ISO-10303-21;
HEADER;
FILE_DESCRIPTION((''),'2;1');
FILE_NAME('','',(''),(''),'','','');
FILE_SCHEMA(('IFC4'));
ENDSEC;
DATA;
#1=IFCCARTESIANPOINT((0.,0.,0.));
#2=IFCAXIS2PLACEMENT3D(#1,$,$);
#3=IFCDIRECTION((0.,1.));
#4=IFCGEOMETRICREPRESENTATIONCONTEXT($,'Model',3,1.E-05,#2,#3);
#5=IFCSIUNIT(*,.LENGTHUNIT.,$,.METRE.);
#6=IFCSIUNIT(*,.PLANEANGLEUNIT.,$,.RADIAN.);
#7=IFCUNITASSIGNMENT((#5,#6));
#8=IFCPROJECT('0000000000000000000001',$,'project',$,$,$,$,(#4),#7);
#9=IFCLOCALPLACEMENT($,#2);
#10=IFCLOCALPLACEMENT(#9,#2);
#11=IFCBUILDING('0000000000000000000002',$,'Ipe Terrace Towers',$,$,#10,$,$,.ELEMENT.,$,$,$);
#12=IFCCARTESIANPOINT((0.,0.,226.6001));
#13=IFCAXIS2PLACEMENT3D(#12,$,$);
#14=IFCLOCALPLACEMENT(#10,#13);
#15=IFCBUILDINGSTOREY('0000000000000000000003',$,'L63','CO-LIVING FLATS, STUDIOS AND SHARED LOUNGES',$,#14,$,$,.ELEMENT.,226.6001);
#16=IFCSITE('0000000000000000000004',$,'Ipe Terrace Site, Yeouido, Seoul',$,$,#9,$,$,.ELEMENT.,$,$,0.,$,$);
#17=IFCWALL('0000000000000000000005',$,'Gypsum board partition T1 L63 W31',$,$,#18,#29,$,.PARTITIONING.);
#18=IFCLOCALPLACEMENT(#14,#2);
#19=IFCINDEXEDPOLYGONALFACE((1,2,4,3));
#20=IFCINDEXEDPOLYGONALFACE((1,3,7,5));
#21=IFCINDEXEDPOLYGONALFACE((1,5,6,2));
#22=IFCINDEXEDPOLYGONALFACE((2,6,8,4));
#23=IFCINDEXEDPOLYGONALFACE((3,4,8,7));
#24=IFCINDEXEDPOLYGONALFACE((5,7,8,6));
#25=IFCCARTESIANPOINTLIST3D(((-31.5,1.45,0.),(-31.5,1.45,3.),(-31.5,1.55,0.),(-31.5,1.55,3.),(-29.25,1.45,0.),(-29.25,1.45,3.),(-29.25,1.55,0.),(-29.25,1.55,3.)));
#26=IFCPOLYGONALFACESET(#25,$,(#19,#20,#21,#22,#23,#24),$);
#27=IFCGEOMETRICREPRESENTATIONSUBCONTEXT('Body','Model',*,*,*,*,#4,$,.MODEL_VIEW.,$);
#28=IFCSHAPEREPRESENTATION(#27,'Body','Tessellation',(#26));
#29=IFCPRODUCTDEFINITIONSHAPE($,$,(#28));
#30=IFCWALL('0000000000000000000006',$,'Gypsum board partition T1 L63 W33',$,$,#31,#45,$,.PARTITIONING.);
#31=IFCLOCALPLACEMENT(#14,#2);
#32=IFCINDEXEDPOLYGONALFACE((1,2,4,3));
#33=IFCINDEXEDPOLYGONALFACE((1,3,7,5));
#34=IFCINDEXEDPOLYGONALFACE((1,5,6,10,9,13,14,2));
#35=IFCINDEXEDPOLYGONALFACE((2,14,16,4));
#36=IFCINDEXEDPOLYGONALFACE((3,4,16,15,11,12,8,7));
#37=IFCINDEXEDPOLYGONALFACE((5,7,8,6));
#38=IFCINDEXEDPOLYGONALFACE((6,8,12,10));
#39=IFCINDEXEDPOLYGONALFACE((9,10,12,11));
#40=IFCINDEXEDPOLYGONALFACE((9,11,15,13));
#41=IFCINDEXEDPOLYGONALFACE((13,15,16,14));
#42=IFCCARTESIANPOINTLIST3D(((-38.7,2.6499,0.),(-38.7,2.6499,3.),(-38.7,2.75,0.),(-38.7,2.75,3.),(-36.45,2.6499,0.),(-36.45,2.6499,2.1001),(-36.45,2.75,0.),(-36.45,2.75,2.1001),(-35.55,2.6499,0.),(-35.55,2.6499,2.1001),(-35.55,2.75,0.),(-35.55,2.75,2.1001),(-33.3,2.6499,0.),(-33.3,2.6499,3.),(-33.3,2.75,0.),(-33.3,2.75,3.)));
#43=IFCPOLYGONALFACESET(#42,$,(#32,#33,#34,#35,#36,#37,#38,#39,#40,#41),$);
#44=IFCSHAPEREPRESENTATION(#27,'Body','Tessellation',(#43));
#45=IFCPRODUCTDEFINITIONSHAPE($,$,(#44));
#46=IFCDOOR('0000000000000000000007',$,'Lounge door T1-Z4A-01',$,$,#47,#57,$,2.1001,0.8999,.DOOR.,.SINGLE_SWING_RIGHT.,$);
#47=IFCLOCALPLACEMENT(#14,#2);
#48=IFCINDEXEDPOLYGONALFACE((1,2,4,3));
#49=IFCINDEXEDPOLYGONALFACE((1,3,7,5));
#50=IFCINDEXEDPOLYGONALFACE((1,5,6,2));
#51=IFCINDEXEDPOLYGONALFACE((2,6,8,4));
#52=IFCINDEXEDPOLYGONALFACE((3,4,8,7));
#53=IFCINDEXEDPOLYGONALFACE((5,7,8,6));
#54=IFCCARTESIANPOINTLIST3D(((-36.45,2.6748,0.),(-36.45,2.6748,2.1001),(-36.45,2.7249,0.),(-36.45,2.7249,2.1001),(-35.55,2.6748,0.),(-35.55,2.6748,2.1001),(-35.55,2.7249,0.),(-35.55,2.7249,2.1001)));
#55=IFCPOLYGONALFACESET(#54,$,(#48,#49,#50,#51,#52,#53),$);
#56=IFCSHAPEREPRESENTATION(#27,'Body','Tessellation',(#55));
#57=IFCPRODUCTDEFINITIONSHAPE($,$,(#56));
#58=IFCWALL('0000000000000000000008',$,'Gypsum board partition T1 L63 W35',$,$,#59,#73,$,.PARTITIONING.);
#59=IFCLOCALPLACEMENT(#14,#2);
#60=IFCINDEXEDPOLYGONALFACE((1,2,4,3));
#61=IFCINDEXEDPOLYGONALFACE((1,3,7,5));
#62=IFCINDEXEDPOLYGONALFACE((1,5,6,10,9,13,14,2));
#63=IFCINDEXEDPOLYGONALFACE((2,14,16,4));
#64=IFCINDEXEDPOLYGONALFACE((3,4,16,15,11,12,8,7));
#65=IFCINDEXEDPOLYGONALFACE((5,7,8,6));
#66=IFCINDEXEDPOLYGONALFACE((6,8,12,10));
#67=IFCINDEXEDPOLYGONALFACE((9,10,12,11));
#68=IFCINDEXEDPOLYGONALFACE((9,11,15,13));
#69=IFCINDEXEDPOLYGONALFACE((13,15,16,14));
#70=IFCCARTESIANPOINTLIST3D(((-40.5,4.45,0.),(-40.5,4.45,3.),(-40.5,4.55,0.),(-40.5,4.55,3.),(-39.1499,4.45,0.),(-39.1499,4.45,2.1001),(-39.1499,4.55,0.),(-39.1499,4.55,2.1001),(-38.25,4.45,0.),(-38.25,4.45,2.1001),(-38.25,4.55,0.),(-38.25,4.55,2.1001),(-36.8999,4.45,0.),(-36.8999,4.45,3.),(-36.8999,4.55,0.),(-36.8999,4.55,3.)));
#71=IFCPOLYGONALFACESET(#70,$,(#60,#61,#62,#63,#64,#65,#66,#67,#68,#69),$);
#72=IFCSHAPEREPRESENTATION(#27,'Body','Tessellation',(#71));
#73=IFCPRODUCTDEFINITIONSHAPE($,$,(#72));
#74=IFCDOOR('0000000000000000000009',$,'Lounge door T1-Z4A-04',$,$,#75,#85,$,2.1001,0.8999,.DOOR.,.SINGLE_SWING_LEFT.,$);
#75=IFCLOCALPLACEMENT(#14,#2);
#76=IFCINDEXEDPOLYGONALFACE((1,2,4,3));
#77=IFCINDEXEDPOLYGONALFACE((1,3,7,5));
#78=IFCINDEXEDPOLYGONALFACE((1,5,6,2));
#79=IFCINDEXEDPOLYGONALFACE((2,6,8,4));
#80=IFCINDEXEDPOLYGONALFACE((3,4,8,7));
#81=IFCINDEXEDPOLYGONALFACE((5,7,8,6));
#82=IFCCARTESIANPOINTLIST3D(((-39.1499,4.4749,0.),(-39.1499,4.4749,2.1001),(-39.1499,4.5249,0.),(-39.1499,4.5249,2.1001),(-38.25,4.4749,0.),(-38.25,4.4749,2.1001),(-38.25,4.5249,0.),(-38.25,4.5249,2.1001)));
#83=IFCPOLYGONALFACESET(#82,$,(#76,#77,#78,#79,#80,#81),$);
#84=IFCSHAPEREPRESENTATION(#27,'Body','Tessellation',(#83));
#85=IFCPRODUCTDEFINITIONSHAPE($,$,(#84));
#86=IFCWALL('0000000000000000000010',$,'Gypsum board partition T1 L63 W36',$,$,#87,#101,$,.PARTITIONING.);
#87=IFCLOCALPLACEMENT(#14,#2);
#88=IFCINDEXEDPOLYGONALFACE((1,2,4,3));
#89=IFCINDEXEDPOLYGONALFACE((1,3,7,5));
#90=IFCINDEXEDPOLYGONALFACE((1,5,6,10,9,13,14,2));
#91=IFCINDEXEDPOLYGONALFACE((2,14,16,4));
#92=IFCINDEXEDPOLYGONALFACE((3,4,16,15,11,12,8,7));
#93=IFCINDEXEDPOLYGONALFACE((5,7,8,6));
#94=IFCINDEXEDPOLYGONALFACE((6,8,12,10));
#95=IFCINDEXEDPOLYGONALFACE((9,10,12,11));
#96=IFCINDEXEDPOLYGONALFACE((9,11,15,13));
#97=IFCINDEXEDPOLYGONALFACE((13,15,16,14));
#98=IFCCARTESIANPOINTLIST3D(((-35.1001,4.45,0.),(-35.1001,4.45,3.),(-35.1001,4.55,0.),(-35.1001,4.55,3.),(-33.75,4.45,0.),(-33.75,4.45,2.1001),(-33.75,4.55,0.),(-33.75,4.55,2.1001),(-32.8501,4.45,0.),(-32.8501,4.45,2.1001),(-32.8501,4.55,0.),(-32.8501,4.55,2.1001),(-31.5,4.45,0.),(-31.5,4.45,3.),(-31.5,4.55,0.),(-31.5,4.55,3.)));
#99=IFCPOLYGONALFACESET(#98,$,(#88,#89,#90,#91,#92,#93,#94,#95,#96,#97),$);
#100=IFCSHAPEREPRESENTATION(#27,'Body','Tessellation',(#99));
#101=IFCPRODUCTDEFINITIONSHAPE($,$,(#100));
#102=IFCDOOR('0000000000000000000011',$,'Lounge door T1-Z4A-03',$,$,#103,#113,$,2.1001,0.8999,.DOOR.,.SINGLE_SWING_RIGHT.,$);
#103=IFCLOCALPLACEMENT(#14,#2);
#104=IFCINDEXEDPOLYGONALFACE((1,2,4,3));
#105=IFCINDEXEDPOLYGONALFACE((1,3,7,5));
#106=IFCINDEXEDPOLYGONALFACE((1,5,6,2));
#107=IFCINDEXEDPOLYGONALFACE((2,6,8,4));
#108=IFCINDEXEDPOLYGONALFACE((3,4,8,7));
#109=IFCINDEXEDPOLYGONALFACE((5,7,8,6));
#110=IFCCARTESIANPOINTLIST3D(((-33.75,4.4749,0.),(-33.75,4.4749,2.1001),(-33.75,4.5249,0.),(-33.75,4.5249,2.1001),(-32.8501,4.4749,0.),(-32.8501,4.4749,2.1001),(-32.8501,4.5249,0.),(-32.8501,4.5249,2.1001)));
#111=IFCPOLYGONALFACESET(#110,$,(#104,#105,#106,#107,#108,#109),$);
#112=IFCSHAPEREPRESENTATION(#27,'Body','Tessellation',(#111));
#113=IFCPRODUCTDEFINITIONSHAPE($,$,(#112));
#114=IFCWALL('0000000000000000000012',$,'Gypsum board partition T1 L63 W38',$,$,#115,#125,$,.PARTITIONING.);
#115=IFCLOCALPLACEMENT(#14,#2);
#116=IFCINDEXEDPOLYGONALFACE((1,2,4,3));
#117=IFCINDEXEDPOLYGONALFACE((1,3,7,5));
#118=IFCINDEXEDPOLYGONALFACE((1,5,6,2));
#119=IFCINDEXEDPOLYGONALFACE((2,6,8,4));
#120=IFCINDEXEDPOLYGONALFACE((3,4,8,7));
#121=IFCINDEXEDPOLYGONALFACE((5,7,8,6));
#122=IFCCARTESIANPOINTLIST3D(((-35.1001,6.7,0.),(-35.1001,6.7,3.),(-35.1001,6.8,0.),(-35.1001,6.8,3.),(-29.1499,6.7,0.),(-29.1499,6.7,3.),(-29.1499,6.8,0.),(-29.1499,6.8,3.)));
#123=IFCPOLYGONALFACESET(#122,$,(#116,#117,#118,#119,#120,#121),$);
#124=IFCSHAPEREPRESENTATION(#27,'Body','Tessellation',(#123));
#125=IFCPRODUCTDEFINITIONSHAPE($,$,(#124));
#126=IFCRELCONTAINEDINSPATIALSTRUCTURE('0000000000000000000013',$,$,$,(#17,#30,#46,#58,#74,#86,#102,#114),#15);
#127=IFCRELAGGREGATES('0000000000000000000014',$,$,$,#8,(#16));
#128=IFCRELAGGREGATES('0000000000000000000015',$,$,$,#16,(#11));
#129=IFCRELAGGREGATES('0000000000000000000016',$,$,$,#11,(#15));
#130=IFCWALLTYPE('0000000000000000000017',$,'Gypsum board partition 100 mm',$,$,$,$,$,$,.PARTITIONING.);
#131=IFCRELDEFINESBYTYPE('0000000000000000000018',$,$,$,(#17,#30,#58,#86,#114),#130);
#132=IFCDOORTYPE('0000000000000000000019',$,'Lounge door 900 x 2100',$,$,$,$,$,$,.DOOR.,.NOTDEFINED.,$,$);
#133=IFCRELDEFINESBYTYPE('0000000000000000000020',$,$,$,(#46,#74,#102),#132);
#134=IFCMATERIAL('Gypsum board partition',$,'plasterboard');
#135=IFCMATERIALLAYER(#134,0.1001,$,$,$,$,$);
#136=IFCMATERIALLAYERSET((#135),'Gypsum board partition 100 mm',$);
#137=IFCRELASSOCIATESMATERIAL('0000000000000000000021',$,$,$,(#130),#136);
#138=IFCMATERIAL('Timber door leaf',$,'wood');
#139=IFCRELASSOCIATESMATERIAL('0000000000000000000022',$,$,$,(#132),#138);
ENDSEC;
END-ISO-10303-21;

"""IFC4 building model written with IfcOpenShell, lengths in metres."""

from ifc_helpers import new_model, si_unit, direction, frame, frame_2d, origin, place, context, subcontext, project, spatial, rectangle, extrude, material, layer, layer_set, type_object, element, fill, save


model = new_model("IFC4")

# Units and contexts
model_context = context("Model", 3, precision=1e-05, world=origin(), true_north=direction((0.0, 1.0)))
body_context = subcontext(model_context, "Body", "Model", "MODEL_VIEW")
ifc_project = project(units=[si_unit("LENGTHUNIT", "METRE"), si_unit("PLANEANGLEUNIT", "RADIAN")], contexts=[model_context])

# Site, building, storey
site_placement = place(None, origin())
site = spatial("IfcSite", under=ifc_project, at=site_placement, Name="Ipe Terrace Site, Yeouido, Seoul", CompositionType="ELEMENT", RefElevation=0.0)
building_placement = place(site_placement, origin())
building = spatial("IfcBuilding", under=site, at=building_placement, Name="Ipe Terrace Towers", CompositionType="ELEMENT")
storey_placement = place(building_placement, frame((0.0, 0.0, 226.6001)))
storey = spatial("IfcBuildingStorey", under=building, at=storey_placement, Name="L63", Description="CO-LIVING FLATS, STUDIOS AND SHARED LOUNGES", CompositionType="ELEMENT", Elevation=226.6001)

# Shared definitions
ifc_material_1 = material(Name="Gypsum board partition", Category="plasterboard")
ifc_layer_1 = layer(ifc_material_1, 0.1001)
ifc_layer_set_1 = layer_set([ifc_layer_1], Name="Gypsum board partition 100 mm")
wall_type_1 = type_object("IfcWallType", Name="Gypsum board partition 100 mm", PredefinedType="PARTITIONING", material=ifc_layer_set_1)

# Shared definitions
ifc_material_2 = material(Name="Timber door leaf", Category="wood")
door_type_1 = type_object("IfcDoorType", Name="Lounge door 900 x 2100", OperationType="NOTDEFINED", PredefinedType="DOOR", material=ifc_material_2)

# Wall
wall_1_placement = place(storey_placement, frame((-31.5, 1.5, 0.0), z_axis=(0.0, 0.0, 1.0), x_axis=(1.0, 0.0, 0.0)))
element("IfcWall", 1, at=wall_1_placement, inside=storey, type_object=wall_type_1, Name="Gypsum board partition T1 L63 W31", PredefinedType="PARTITIONING", context=body_context, shape_type="SweptSolid", body=[
    extrude(rectangle(XDim=2.25, YDim=0.1001, at=frame_2d((1.125, 0.0))), origin(), (0.0, 0.0, 1.0), 3.0),
])

# Walls, openings, doors
wall_2_placement = place(storey_placement, frame((-38.7, 2.7, 0.0), z_axis=(0.0, 0.0, 1.0), x_axis=(1.0, 0.0, 0.0)))
wall_2 = element("IfcWall", 2, at=wall_2_placement, inside=storey, type_object=wall_type_1, Name="Gypsum board partition T1 L63 W33", PredefinedType="PARTITIONING", context=body_context, shape_type="SweptSolid", body=[
    extrude(rectangle(XDim=5.3999, YDim=0.1001, at=frame_2d((2.7, 0.0))), origin(), (0.0, 0.0, 1.0), 3.0),
])
opening_1_placement = place(wall_2_placement, frame((2.25, 0.0, 0.0)))
opening_1 = element("IfcOpeningElement", 3, at=opening_1_placement, cuts=wall_2, PredefinedType="OPENING", context=body_context, shape_type="SweptSolid", body=[
    extrude(rectangle(XDim=0.8999, YDim=2.1001, at=frame_2d((0.45, 1.05))), frame((0.0, 0.0601, 0.0), z_axis=(0.0, -1.0, 0.0), x_axis=(1.0, 0.0, 0.0)), (0.0, 0.0, 1.0), 0.1201),
])
door_1_placement = place(opening_1_placement, origin())
door_1 = element("IfcDoor", 4, at=door_1_placement, inside=storey, type_object=door_type_1, Name="Lounge door T1-Z4A-01", OperationType="SINGLE_SWING_RIGHT", OverallHeight=2.1001, OverallWidth=0.8999, PredefinedType="DOOR", context=body_context, shape_type="SweptSolid", body=[
    extrude(rectangle(XDim=0.8999, YDim=2.1001, at=frame_2d((0.45, 1.05))), frame((0.0, 0.0249, 0.0), z_axis=(0.0, -1.0, 0.0), x_axis=(1.0, 0.0, 0.0)), (0.0, 0.0, 1.0), 0.05),
])
fill(opening_1, door_1)
wall_3_placement = place(storey_placement, frame((-40.5, 4.5, 0.0), z_axis=(0.0, 0.0, 1.0), x_axis=(1.0, 0.0, 0.0)))
wall_3 = element("IfcWall", 5, at=wall_3_placement, inside=storey, type_object=wall_type_1, Name="Gypsum board partition T1 L63 W35", PredefinedType="PARTITIONING", context=body_context, shape_type="SweptSolid", body=[
    extrude(rectangle(XDim=3.6001, YDim=0.1001, at=frame_2d((1.8, 0.0))), origin(), (0.0, 0.0, 1.0), 3.0),
])
opening_2_placement = place(wall_3_placement, frame((1.3501, 0.0, 0.0)))
opening_2 = element("IfcOpeningElement", 6, at=opening_2_placement, cuts=wall_3, PredefinedType="OPENING", context=body_context, shape_type="SweptSolid", body=[
    extrude(rectangle(XDim=0.8999, YDim=2.1001, at=frame_2d((0.45, 1.05))), frame((0.0, 0.0601, 0.0), z_axis=(0.0, -1.0, 0.0), x_axis=(1.0, 0.0, 0.0)), (0.0, 0.0, 1.0), 0.1201),
])
door_2_placement = place(opening_2_placement, origin())
door_2 = element("IfcDoor", 7, at=door_2_placement, inside=storey, type_object=door_type_1, Name="Lounge door T1-Z4A-04", OperationType="SINGLE_SWING_LEFT", OverallHeight=2.1001, OverallWidth=0.8999, PredefinedType="DOOR", context=body_context, shape_type="SweptSolid", body=[
    extrude(rectangle(XDim=0.8999, YDim=2.1001, at=frame_2d((0.45, 1.05))), frame((0.0, 0.0249, 0.0), z_axis=(0.0, -1.0, 0.0), x_axis=(1.0, 0.0, 0.0)), (0.0, 0.0, 1.0), 0.05),
])
fill(opening_2, door_2)
wall_4_placement = place(storey_placement, frame((-35.1001, 4.5, 0.0), z_axis=(0.0, 0.0, 1.0), x_axis=(1.0, 0.0, 0.0)))
wall_4 = element("IfcWall", 8, at=wall_4_placement, inside=storey, type_object=wall_type_1, Name="Gypsum board partition T1 L63 W36", PredefinedType="PARTITIONING", context=body_context, shape_type="SweptSolid", body=[
    extrude(rectangle(XDim=3.6001, YDim=0.1001, at=frame_2d((1.8, 0.0))), origin(), (0.0, 0.0, 1.0), 3.0),
])
opening_3_placement = place(wall_4_placement, frame((1.3501, 0.0, 0.0)))
opening_3 = element("IfcOpeningElement", 9, at=opening_3_placement, cuts=wall_4, PredefinedType="OPENING", context=body_context, shape_type="SweptSolid", body=[
    extrude(rectangle(XDim=0.8999, YDim=2.1001, at=frame_2d((0.45, 1.05))), frame((0.0, 0.0601, 0.0), z_axis=(0.0, -1.0, 0.0), x_axis=(1.0, 0.0, 0.0)), (0.0, 0.0, 1.0), 0.1201),
])
door_3_placement = place(opening_3_placement, origin())
door_3 = element("IfcDoor", 10, at=door_3_placement, inside=storey, type_object=door_type_1, Name="Lounge door T1-Z4A-03", OperationType="SINGLE_SWING_RIGHT", OverallHeight=2.1001, OverallWidth=0.8999, PredefinedType="DOOR", context=body_context, shape_type="SweptSolid", body=[
    extrude(rectangle(XDim=0.8999, YDim=2.1001, at=frame_2d((0.45, 1.05))), frame((0.0, 0.0249, 0.0), z_axis=(0.0, -1.0, 0.0), x_axis=(1.0, 0.0, 0.0)), (0.0, 0.0, 1.0), 0.05),
])
fill(opening_3, door_3)

# Wall
wall_5_placement = place(storey_placement, frame((-35.1001, 6.75, 0.0), z_axis=(0.0, 0.0, 1.0), x_axis=(1.0, 0.0, 0.0)))
element("IfcWall", 11, at=wall_5_placement, inside=storey, type_object=wall_type_1, Name="Gypsum board partition T1 L63 W38", PredefinedType="PARTITIONING", context=body_context, shape_type="SweptSolid", body=[
    extrude(rectangle(XDim=5.9502, YDim=0.1001, at=frame_2d((2.9751, 0.0))), origin(), (0.0, 0.0, 1.0), 3.0),
])

save(model, "model.ifc")
